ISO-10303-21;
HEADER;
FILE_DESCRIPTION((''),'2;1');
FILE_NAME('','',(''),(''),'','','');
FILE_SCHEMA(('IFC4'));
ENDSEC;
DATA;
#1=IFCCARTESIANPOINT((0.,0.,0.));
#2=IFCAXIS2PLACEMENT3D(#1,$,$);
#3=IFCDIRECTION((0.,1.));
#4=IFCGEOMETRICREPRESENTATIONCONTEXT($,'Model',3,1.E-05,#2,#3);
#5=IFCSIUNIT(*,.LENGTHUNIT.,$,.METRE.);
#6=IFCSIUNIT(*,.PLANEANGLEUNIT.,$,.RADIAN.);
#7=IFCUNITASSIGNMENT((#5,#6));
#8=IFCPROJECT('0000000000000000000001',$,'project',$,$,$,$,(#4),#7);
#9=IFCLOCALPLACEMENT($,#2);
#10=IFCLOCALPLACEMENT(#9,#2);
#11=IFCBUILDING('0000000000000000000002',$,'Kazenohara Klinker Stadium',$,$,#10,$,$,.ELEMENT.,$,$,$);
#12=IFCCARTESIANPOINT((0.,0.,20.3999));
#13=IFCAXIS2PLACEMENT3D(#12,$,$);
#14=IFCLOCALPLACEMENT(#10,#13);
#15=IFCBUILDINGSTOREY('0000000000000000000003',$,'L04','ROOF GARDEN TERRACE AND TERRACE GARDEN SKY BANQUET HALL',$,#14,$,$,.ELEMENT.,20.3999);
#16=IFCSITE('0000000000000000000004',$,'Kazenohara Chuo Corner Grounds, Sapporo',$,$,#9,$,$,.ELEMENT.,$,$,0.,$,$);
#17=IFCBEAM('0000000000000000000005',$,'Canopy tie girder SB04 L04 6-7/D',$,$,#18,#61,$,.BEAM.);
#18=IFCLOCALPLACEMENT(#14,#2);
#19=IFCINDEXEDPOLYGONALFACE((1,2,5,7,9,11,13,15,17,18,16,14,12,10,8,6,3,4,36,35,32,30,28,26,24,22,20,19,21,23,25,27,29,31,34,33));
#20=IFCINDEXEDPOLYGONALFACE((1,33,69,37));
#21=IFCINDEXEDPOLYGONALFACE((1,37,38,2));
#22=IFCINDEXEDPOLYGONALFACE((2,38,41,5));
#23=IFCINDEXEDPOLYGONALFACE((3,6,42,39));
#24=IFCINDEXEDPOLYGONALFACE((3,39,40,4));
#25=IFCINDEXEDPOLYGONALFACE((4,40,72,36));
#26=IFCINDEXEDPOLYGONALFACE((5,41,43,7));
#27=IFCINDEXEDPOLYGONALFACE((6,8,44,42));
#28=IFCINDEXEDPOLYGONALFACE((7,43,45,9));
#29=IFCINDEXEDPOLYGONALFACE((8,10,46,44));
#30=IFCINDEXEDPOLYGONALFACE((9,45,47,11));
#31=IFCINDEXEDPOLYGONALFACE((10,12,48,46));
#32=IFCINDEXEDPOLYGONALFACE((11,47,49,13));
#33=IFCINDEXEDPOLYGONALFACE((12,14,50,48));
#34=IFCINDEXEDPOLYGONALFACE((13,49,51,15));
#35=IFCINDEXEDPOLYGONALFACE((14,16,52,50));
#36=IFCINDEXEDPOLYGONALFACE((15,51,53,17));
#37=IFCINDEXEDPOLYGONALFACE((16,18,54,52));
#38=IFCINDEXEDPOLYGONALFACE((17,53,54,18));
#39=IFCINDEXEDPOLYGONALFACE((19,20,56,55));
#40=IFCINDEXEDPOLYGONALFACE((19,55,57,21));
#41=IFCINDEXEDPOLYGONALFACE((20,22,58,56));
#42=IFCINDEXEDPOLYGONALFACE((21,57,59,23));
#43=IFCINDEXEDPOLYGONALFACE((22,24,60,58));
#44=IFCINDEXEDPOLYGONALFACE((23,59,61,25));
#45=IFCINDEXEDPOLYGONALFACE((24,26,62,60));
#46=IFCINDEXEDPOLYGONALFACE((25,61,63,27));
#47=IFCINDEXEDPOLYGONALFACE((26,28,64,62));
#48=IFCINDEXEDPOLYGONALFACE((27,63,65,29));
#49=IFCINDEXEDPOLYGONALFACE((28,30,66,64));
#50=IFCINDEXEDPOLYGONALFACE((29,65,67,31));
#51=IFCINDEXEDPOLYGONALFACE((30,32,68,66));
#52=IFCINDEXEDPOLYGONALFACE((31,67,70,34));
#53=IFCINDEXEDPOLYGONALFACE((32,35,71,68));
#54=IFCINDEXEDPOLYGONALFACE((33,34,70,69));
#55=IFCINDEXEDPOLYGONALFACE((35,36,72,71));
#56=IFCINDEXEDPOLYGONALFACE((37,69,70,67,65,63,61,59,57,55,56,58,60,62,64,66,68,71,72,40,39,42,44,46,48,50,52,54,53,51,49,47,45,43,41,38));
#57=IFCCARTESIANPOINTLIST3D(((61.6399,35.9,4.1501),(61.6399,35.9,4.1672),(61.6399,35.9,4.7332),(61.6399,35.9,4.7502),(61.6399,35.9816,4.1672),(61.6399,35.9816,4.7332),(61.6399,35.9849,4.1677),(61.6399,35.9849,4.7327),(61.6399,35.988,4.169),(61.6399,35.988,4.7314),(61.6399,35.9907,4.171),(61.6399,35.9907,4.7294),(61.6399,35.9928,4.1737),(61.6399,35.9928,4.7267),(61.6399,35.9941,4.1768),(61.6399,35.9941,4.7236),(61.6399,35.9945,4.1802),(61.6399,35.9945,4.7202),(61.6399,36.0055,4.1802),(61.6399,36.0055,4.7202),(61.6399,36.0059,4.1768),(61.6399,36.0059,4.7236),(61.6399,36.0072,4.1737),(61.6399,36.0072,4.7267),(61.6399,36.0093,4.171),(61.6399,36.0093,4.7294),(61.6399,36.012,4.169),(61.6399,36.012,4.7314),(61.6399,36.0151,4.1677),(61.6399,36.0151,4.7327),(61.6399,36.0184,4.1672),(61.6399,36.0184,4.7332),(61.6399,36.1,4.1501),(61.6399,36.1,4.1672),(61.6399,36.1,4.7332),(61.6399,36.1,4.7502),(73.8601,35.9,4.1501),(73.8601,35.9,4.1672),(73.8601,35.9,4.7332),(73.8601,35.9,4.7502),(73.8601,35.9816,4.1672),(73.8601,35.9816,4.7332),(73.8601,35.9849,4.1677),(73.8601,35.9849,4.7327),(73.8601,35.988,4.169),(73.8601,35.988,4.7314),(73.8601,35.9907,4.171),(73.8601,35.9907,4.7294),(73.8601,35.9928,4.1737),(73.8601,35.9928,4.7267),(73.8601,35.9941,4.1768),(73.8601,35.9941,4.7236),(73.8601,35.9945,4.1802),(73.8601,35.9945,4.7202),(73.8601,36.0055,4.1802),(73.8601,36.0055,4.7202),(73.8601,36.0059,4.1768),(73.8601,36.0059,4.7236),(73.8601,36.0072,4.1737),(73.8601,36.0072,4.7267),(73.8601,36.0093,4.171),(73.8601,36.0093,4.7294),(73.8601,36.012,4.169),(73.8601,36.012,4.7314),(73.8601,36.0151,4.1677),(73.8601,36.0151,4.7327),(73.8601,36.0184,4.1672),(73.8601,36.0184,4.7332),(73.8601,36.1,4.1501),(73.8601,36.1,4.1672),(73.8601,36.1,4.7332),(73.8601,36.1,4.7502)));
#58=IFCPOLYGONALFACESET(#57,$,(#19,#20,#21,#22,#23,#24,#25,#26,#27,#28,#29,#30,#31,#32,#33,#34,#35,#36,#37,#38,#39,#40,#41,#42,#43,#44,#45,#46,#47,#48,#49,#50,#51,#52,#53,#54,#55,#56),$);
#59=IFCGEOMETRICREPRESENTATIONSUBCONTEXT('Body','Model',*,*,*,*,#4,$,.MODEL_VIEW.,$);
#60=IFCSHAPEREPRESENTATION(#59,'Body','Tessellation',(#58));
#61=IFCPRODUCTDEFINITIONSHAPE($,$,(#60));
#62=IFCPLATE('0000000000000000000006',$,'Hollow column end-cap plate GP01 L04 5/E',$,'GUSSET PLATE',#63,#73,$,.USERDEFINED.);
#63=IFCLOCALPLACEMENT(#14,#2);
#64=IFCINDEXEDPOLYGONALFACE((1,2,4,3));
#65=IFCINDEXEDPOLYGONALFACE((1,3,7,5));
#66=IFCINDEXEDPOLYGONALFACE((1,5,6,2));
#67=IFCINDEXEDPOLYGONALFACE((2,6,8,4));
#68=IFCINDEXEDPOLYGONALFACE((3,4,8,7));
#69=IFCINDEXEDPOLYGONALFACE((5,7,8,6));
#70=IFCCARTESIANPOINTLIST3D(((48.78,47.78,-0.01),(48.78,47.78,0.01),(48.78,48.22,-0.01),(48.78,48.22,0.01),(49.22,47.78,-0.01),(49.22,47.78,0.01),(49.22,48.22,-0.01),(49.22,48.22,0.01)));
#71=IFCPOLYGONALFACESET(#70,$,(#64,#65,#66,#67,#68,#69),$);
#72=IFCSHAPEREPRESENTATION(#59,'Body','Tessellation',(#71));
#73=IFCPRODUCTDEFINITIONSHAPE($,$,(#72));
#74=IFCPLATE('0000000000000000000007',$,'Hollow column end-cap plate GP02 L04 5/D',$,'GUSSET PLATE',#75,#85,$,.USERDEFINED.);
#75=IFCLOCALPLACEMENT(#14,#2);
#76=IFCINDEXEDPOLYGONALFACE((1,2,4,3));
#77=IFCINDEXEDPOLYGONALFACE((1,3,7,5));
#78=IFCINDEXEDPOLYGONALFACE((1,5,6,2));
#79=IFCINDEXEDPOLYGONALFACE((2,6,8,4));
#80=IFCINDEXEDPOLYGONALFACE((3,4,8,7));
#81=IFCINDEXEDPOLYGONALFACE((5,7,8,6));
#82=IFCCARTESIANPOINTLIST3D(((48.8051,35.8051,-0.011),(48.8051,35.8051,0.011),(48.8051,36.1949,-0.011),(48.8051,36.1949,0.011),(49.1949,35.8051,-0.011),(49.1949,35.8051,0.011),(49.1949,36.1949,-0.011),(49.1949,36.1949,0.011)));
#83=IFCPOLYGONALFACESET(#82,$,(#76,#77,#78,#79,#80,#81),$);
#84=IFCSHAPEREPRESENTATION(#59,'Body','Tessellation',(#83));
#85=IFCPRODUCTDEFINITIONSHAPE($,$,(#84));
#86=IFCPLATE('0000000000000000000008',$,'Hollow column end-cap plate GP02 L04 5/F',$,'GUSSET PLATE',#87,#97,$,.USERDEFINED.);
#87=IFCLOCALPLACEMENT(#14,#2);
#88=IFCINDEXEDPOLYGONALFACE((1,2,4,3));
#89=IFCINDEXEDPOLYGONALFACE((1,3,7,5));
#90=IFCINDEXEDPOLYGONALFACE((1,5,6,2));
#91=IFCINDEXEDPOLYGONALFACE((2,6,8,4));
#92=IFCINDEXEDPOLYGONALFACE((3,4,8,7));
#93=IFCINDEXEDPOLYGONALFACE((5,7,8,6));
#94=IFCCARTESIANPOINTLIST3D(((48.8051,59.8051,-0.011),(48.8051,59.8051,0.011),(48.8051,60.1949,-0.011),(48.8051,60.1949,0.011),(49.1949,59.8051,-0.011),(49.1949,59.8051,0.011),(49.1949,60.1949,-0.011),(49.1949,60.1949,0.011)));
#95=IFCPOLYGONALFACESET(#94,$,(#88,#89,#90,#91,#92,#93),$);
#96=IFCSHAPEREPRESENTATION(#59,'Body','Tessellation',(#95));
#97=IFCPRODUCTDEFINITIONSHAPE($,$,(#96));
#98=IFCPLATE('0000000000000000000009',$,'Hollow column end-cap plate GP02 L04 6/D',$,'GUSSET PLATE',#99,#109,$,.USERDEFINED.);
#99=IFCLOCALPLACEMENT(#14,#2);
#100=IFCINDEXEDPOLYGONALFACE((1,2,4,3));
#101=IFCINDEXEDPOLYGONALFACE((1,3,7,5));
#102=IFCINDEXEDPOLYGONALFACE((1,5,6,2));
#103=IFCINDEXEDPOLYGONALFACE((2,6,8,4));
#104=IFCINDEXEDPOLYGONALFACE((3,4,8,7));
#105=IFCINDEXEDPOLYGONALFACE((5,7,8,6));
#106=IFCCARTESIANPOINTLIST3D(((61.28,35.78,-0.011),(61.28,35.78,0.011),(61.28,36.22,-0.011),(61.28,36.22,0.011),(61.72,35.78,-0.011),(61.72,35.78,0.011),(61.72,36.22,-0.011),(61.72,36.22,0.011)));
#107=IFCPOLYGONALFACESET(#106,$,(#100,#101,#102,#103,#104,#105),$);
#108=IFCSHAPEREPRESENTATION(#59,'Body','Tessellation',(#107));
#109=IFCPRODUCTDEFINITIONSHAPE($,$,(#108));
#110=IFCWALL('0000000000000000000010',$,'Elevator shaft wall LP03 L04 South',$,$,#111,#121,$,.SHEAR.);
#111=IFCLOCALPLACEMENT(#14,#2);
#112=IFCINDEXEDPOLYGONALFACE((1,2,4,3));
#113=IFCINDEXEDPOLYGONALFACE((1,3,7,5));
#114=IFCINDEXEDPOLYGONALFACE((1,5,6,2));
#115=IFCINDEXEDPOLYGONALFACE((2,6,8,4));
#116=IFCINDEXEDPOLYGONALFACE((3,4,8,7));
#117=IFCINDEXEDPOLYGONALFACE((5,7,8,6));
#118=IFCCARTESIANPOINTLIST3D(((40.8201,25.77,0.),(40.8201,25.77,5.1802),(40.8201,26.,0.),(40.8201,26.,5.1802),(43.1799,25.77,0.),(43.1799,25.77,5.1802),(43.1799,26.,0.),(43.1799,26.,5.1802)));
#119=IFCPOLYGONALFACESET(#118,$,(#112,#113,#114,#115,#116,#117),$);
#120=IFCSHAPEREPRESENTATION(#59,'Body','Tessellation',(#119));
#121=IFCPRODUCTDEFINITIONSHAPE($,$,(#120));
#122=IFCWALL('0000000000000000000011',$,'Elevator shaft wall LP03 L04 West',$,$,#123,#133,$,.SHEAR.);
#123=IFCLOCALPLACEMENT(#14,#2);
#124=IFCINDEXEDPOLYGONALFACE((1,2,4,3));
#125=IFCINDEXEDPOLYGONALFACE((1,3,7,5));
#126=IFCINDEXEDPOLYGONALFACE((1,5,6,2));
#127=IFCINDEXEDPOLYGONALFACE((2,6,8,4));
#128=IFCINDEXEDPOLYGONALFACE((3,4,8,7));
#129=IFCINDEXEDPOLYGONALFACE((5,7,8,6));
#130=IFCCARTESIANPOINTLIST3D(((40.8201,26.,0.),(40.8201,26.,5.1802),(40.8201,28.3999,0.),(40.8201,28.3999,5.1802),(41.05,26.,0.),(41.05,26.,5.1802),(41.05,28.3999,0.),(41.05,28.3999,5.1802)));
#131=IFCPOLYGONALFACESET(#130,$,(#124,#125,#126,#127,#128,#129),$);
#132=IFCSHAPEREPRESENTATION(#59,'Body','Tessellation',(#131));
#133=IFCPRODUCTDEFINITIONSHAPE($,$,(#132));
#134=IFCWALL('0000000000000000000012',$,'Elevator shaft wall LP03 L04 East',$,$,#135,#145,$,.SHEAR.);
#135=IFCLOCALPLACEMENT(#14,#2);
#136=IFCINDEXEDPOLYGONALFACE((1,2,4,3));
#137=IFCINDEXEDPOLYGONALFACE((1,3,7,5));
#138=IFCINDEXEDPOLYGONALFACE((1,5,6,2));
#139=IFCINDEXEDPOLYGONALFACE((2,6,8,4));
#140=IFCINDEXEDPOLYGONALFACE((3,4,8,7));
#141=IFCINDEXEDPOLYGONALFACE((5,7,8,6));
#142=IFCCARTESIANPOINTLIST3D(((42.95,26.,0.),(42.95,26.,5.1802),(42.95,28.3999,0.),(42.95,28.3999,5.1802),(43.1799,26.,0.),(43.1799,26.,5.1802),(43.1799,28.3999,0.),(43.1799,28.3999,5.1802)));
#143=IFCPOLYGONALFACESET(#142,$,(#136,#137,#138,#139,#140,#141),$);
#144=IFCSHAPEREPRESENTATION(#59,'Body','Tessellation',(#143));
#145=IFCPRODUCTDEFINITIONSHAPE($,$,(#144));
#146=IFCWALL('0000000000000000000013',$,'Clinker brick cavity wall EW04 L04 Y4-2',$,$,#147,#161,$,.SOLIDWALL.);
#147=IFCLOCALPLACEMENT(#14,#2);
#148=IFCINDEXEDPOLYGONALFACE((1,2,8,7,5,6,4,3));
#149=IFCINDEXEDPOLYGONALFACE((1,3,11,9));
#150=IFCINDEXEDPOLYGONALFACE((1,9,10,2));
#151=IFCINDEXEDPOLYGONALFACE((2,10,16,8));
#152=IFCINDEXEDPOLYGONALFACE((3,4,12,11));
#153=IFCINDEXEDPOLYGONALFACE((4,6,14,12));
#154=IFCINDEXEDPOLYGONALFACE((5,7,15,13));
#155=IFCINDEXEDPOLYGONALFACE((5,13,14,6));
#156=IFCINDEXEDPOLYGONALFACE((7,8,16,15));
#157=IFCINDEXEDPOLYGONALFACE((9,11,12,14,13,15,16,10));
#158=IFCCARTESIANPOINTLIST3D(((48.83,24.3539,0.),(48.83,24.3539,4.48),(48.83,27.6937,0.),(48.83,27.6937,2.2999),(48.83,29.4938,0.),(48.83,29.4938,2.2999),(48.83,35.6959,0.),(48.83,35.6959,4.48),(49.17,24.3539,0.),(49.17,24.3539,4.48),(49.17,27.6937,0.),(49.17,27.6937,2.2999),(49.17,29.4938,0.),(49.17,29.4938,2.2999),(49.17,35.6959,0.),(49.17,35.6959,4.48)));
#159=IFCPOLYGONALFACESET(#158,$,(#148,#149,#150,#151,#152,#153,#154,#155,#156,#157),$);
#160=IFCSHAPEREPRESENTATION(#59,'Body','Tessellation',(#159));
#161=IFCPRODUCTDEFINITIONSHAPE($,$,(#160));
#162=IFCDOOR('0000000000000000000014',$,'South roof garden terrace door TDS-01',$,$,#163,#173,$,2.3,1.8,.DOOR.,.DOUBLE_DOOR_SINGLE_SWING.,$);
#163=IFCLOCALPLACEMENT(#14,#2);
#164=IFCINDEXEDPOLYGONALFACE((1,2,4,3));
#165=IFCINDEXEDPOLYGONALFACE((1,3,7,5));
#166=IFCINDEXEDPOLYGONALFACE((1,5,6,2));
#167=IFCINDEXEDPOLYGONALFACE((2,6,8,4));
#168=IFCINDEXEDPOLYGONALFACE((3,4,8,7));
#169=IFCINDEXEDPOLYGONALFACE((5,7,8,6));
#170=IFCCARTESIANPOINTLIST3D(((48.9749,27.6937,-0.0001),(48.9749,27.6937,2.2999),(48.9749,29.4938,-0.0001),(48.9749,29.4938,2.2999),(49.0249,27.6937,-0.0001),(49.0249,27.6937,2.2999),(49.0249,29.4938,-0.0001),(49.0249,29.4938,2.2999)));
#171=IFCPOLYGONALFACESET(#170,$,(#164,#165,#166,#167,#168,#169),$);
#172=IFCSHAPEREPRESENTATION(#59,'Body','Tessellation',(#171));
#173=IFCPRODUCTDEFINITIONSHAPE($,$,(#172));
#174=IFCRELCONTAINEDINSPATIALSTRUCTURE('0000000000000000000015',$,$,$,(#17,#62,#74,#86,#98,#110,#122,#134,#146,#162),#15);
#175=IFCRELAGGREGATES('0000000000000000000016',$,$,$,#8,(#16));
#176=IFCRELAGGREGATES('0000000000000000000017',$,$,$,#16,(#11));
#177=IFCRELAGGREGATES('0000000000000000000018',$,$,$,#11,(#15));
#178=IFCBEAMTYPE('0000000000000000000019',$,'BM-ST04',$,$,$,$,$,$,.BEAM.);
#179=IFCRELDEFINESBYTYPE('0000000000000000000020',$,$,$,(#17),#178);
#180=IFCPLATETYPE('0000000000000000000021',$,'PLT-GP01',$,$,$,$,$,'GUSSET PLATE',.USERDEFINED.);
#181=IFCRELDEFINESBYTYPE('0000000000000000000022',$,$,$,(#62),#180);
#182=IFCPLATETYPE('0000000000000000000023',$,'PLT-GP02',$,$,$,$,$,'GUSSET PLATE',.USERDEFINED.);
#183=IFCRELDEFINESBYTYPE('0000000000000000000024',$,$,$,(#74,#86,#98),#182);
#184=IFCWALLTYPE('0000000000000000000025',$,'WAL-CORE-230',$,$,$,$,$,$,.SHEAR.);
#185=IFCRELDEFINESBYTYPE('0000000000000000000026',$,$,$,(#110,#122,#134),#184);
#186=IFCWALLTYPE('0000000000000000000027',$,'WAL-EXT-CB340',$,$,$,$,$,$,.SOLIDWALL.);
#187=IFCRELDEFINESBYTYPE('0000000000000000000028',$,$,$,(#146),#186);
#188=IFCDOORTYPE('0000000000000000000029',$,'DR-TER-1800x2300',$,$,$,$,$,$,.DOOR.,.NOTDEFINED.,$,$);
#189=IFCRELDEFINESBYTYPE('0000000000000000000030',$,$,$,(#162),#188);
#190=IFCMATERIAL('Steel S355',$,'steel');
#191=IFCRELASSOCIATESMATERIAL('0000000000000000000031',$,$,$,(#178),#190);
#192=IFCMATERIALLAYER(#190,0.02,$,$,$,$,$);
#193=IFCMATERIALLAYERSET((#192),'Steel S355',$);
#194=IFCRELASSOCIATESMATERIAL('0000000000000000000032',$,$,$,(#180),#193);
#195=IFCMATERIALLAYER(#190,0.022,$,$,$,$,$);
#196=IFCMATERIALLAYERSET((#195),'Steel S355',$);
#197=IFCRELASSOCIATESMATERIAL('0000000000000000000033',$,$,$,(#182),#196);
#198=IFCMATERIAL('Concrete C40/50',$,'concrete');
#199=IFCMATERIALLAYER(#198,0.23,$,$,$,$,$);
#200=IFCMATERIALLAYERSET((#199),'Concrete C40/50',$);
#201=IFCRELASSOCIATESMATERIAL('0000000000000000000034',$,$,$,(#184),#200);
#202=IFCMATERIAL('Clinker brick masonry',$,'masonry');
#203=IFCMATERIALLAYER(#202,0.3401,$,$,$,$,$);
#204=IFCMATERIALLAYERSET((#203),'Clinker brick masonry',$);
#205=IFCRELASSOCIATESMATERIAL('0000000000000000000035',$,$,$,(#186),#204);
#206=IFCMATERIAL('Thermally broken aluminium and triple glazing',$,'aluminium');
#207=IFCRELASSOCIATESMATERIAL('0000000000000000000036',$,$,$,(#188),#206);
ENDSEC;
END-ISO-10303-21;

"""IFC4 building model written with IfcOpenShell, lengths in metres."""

from ifc_helpers import new_model, si_unit, direction, frame, frame_2d, origin, origin_2d, place, context, subcontext, project, spatial, rectangle, i_section, extrude, material, layer, layer_set, material_profile, profile_set, type_object, element, fill, save


model = new_model("IFC4")

# Units and contexts
model_context = context("Model", 3, precision=1e-05, world=origin(), true_north=direction((0.0, 1.0)))
body_context = subcontext(model_context, "Body", "Model", "MODEL_VIEW")
ifc_project = project(units=[si_unit("LENGTHUNIT", "METRE"), si_unit("PLANEANGLEUNIT", "RADIAN")], contexts=[model_context])

# Site, building, storey
site_placement = place(None, origin())
site = spatial("IfcSite", under=ifc_project, at=site_placement, Name="Kazenohara Chuo Corner Grounds, Sapporo", CompositionType="ELEMENT", RefElevation=0.0)
building_placement = place(site_placement, origin())
building = spatial("IfcBuilding", under=site, at=building_placement, Name="Kazenohara Klinker Stadium", CompositionType="ELEMENT")
storey_placement = place(building_placement, frame((0.0, 0.0, 20.3999)))
storey = spatial("IfcBuildingStorey", under=building, at=storey_placement, Name="L04", Description="ROOF GARDEN TERRACE AND TERRACE GARDEN SKY BANQUET HALL", CompositionType="ELEMENT", Elevation=20.3999)

# Shared definitions
ifc_material_1 = material(Name="Concrete C40/50", Category="concrete")
ifc_material_2 = material(Name="Steel S355", Category="steel")

# Beam
ifc_material_profile_1 = material_profile(ifc_material_2, i_section(OverallWidth=0.2, OverallDepth=0.6001, WebThickness=0.011, FlangeThickness=0.0171, FilletRadius=0.0129, at=origin_2d()), Name="H-600x200x11x17")
ifc_profile_set_1 = profile_set([ifc_material_profile_1], Name="Steel S355")
beam_type_1 = type_object("IfcBeamType", Name="BM-ST04", PredefinedType="BEAM", material=ifc_profile_set_1)
for number, where, z_axis, x_axis, name in (
    (1, (61.6399, 36.0, 4.4502), (1.0, 0.0, 0.0), (0.0, 1.0, 0.0), "Canopy tie girder SB04 L04 6-7/D"),
):
    element("IfcBeam", number, at=place(storey_placement, frame(where, z_axis=z_axis, x_axis=x_axis)), inside=storey, type_object=beam_type_1, Name=name, PredefinedType="BEAM", context=body_context, shape_type="SweptSolid", body=[
        extrude(i_section(OverallWidth=0.2, OverallDepth=0.6001, WebThickness=0.011, FlangeThickness=0.0171, FilletRadius=0.0129, at=origin_2d()), origin(), (0.0, 0.0, 1.0), 12.2202),
    ])

# Plates
ifc_layer_1 = layer(ifc_material_2, 0.02)
ifc_layer_set_1 = layer_set([ifc_layer_1], Name="Steel S355")
plate_type_1 = type_object("IfcPlateType", Name="PLT-GP01", ElementType="GUSSET PLATE", PredefinedType="USERDEFINED", material=ifc_layer_set_1)
plate_1_placement = place(storey_placement, frame((49.0, 48.0, -0.01), z_axis=(0.0, 0.0, 1.0), x_axis=(1.0, 0.0, 0.0)))
element("IfcPlate", 2, at=plate_1_placement, inside=storey, type_object=plate_type_1, Name="Hollow column end-cap plate GP01 L04 5/E", ObjectType="GUSSET PLATE", PredefinedType="USERDEFINED", context=body_context, shape_type="SweptSolid", body=[
    extrude(rectangle(XDim=0.4399, YDim=0.4399, at=origin_2d()), origin(), (0.0, 0.0, 1.0), 0.02),
])
ifc_layer_2 = layer(ifc_material_2, 0.022)
ifc_layer_set_2 = layer_set([ifc_layer_2], Name="Steel S355")
plate_type_2 = type_object("IfcPlateType", Name="PLT-GP02", ElementType="GUSSET PLATE", PredefinedType="USERDEFINED", material=ifc_layer_set_2)
for number, where, z_axis, x_axis, name in (
    (3, (49.0, 36.0, -0.011), (0.0, 0.0, 1.0), (1.0, 0.0, 0.0), "Hollow column end-cap plate GP02 L04 5/D"),
    (4, (49.0, 60.0, -0.011), (0.0, 0.0, 1.0), (1.0, 0.0, 0.0), "Hollow column end-cap plate GP02 L04 5/F"),
):
    element("IfcPlate", number, at=place(storey_placement, frame(where, z_axis=z_axis, x_axis=x_axis)), inside=storey, type_object=plate_type_2, Name=name, ObjectType="GUSSET PLATE", PredefinedType="USERDEFINED", context=body_context, shape_type="SweptSolid", body=[
        extrude(rectangle(XDim=0.3899, YDim=0.3899, at=origin_2d()), origin(), (0.0, 0.0, 1.0), 0.022),
    ])
plate_2_placement = place(storey_placement, frame((61.5, 36.0, -0.011), z_axis=(0.0, 0.0, 1.0), x_axis=(1.0, 0.0, 0.0)))
element("IfcPlate", 5, at=plate_2_placement, inside=storey, type_object=plate_type_2, Name="Hollow column end-cap plate GP02 L04 6/D", ObjectType="GUSSET PLATE", PredefinedType="USERDEFINED", context=body_context, shape_type="SweptSolid", body=[
    extrude(rectangle(XDim=0.4399, YDim=0.4399, at=origin_2d()), origin(), (0.0, 0.0, 1.0), 0.022),
])

# Wall
ifc_layer_3 = layer(ifc_material_1, 0.23)
ifc_layer_set_3 = layer_set([ifc_layer_3], Name="Concrete C40/50")
wall_type_1 = type_object("IfcWallType", Name="WAL-CORE-230", PredefinedType="SHEAR", material=ifc_layer_set_3)
wall_1_placement = place(storey_placement, frame((40.8201, 25.885, 0.0), z_axis=(0.0, 0.0, 1.0), x_axis=(1.0, 0.0, 0.0)))
element("IfcWall", 6, at=wall_1_placement, inside=storey, type_object=wall_type_1, Name="Elevator shaft wall LP03 L04 South", PredefinedType="SHEAR", context=body_context, shape_type="SweptSolid", body=[
    extrude(rectangle(XDim=2.3599, YDim=0.23, at=frame_2d((1.1799, 0.0))), origin(), (0.0, 0.0, 1.0), 5.1802),
])

# Walls
for number, where, z_axis, x_axis, name in (
    (7, (40.9351, 26.0, 0.0), (0.0, 0.0, 1.0), (0.0, 1.0, 0.0), "Elevator shaft wall LP03 L04 West"),
    (8, (43.0649, 26.0, 0.0), (0.0, 0.0, 1.0), (0.0, 1.0, 0.0), "Elevator shaft wall LP03 L04 East"),
):
    element("IfcWall", number, at=place(storey_placement, frame(where, z_axis=z_axis, x_axis=x_axis)), inside=storey, type_object=wall_type_1, Name=name, PredefinedType="SHEAR", context=body_context, shape_type="SweptSolid", body=[
        extrude(rectangle(XDim=2.3999, YDim=0.23, at=frame_2d((1.2, 0.0))), origin(), (0.0, 0.0, 1.0), 5.1802),
    ])

# Wall, opening, door
ifc_material_3 = material(Name="Clinker brick masonry", Category="masonry")
ifc_layer_4 = layer(ifc_material_3, 0.3401)
ifc_layer_set_4 = layer_set([ifc_layer_4], Name="Clinker brick masonry")
wall_type_2 = type_object("IfcWallType", Name="WAL-EXT-CB340", PredefinedType="SOLIDWALL", material=ifc_layer_set_4)
wall_2_placement = place(storey_placement, frame((49.0, 24.354, 0.0), z_axis=(0.0, 0.0, 1.0), x_axis=(0.0, 1.0, 0.0)))
wall_2 = element("IfcWall", 9, at=wall_2_placement, inside=storey, type_object=wall_type_2, Name="Clinker brick cavity wall EW04 L04 Y4-2", PredefinedType="SOLIDWALL", context=body_context, shape_type="SweptSolid", body=[
    extrude(rectangle(XDim=11.342, YDim=0.3401, at=frame_2d((5.6709, 0.0))), origin(), (0.0, 0.0, 1.0), 4.48),
])
opening_1_placement = place(wall_2_placement, frame((5.1396, 0.0, 0.0), z_axis=(0.0, 0.0, 1.0), x_axis=(-1.0, 0.0, 0.0)))
opening_1 = element("IfcOpeningElement", 10, at=opening_1_placement, cuts=wall_2, PredefinedType="OPENING", context=body_context, shape_type="SweptSolid", body=[
    extrude(rectangle(XDim=1.8, YDim=2.3, at=frame_2d((0.8999, 1.1499))), frame((0.0, 0.1802, 0.0), z_axis=(0.0, -1.0, 0.0), x_axis=(1.0, 0.0, 0.0)), (0.0, 0.0, 1.0), 0.3601),
])
ifc_material_4 = material(Name="Thermally broken aluminium and triple glazing", Category="aluminium")
door_type_1 = type_object("IfcDoorType", Name="DR-TER-1800x2300", OperationType="NOTDEFINED", PredefinedType="DOOR", material=ifc_material_4)
door_1_placement = place(opening_1_placement, origin())
door_1 = element("IfcDoor", 11, at=door_1_placement, inside=storey, type_object=door_type_1, Name="South roof garden terrace door TDS-01", OperationType="DOUBLE_DOOR_SINGLE_SWING", OverallHeight=2.3, OverallWidth=1.8, PredefinedType="DOOR", context=body_context, shape_type="SweptSolid", body=[
    extrude(rectangle(XDim=1.8, YDim=2.3, at=frame_2d((0.8999, 1.1499))), frame((0.0, 0.0249, 0.0), z_axis=(0.0, -1.0, 0.0), x_axis=(1.0, 0.0, 0.0)), (0.0, 0.0, 1.0), 0.05),
])
fill(opening_1, door_1)

save(model, "model.ifc")
